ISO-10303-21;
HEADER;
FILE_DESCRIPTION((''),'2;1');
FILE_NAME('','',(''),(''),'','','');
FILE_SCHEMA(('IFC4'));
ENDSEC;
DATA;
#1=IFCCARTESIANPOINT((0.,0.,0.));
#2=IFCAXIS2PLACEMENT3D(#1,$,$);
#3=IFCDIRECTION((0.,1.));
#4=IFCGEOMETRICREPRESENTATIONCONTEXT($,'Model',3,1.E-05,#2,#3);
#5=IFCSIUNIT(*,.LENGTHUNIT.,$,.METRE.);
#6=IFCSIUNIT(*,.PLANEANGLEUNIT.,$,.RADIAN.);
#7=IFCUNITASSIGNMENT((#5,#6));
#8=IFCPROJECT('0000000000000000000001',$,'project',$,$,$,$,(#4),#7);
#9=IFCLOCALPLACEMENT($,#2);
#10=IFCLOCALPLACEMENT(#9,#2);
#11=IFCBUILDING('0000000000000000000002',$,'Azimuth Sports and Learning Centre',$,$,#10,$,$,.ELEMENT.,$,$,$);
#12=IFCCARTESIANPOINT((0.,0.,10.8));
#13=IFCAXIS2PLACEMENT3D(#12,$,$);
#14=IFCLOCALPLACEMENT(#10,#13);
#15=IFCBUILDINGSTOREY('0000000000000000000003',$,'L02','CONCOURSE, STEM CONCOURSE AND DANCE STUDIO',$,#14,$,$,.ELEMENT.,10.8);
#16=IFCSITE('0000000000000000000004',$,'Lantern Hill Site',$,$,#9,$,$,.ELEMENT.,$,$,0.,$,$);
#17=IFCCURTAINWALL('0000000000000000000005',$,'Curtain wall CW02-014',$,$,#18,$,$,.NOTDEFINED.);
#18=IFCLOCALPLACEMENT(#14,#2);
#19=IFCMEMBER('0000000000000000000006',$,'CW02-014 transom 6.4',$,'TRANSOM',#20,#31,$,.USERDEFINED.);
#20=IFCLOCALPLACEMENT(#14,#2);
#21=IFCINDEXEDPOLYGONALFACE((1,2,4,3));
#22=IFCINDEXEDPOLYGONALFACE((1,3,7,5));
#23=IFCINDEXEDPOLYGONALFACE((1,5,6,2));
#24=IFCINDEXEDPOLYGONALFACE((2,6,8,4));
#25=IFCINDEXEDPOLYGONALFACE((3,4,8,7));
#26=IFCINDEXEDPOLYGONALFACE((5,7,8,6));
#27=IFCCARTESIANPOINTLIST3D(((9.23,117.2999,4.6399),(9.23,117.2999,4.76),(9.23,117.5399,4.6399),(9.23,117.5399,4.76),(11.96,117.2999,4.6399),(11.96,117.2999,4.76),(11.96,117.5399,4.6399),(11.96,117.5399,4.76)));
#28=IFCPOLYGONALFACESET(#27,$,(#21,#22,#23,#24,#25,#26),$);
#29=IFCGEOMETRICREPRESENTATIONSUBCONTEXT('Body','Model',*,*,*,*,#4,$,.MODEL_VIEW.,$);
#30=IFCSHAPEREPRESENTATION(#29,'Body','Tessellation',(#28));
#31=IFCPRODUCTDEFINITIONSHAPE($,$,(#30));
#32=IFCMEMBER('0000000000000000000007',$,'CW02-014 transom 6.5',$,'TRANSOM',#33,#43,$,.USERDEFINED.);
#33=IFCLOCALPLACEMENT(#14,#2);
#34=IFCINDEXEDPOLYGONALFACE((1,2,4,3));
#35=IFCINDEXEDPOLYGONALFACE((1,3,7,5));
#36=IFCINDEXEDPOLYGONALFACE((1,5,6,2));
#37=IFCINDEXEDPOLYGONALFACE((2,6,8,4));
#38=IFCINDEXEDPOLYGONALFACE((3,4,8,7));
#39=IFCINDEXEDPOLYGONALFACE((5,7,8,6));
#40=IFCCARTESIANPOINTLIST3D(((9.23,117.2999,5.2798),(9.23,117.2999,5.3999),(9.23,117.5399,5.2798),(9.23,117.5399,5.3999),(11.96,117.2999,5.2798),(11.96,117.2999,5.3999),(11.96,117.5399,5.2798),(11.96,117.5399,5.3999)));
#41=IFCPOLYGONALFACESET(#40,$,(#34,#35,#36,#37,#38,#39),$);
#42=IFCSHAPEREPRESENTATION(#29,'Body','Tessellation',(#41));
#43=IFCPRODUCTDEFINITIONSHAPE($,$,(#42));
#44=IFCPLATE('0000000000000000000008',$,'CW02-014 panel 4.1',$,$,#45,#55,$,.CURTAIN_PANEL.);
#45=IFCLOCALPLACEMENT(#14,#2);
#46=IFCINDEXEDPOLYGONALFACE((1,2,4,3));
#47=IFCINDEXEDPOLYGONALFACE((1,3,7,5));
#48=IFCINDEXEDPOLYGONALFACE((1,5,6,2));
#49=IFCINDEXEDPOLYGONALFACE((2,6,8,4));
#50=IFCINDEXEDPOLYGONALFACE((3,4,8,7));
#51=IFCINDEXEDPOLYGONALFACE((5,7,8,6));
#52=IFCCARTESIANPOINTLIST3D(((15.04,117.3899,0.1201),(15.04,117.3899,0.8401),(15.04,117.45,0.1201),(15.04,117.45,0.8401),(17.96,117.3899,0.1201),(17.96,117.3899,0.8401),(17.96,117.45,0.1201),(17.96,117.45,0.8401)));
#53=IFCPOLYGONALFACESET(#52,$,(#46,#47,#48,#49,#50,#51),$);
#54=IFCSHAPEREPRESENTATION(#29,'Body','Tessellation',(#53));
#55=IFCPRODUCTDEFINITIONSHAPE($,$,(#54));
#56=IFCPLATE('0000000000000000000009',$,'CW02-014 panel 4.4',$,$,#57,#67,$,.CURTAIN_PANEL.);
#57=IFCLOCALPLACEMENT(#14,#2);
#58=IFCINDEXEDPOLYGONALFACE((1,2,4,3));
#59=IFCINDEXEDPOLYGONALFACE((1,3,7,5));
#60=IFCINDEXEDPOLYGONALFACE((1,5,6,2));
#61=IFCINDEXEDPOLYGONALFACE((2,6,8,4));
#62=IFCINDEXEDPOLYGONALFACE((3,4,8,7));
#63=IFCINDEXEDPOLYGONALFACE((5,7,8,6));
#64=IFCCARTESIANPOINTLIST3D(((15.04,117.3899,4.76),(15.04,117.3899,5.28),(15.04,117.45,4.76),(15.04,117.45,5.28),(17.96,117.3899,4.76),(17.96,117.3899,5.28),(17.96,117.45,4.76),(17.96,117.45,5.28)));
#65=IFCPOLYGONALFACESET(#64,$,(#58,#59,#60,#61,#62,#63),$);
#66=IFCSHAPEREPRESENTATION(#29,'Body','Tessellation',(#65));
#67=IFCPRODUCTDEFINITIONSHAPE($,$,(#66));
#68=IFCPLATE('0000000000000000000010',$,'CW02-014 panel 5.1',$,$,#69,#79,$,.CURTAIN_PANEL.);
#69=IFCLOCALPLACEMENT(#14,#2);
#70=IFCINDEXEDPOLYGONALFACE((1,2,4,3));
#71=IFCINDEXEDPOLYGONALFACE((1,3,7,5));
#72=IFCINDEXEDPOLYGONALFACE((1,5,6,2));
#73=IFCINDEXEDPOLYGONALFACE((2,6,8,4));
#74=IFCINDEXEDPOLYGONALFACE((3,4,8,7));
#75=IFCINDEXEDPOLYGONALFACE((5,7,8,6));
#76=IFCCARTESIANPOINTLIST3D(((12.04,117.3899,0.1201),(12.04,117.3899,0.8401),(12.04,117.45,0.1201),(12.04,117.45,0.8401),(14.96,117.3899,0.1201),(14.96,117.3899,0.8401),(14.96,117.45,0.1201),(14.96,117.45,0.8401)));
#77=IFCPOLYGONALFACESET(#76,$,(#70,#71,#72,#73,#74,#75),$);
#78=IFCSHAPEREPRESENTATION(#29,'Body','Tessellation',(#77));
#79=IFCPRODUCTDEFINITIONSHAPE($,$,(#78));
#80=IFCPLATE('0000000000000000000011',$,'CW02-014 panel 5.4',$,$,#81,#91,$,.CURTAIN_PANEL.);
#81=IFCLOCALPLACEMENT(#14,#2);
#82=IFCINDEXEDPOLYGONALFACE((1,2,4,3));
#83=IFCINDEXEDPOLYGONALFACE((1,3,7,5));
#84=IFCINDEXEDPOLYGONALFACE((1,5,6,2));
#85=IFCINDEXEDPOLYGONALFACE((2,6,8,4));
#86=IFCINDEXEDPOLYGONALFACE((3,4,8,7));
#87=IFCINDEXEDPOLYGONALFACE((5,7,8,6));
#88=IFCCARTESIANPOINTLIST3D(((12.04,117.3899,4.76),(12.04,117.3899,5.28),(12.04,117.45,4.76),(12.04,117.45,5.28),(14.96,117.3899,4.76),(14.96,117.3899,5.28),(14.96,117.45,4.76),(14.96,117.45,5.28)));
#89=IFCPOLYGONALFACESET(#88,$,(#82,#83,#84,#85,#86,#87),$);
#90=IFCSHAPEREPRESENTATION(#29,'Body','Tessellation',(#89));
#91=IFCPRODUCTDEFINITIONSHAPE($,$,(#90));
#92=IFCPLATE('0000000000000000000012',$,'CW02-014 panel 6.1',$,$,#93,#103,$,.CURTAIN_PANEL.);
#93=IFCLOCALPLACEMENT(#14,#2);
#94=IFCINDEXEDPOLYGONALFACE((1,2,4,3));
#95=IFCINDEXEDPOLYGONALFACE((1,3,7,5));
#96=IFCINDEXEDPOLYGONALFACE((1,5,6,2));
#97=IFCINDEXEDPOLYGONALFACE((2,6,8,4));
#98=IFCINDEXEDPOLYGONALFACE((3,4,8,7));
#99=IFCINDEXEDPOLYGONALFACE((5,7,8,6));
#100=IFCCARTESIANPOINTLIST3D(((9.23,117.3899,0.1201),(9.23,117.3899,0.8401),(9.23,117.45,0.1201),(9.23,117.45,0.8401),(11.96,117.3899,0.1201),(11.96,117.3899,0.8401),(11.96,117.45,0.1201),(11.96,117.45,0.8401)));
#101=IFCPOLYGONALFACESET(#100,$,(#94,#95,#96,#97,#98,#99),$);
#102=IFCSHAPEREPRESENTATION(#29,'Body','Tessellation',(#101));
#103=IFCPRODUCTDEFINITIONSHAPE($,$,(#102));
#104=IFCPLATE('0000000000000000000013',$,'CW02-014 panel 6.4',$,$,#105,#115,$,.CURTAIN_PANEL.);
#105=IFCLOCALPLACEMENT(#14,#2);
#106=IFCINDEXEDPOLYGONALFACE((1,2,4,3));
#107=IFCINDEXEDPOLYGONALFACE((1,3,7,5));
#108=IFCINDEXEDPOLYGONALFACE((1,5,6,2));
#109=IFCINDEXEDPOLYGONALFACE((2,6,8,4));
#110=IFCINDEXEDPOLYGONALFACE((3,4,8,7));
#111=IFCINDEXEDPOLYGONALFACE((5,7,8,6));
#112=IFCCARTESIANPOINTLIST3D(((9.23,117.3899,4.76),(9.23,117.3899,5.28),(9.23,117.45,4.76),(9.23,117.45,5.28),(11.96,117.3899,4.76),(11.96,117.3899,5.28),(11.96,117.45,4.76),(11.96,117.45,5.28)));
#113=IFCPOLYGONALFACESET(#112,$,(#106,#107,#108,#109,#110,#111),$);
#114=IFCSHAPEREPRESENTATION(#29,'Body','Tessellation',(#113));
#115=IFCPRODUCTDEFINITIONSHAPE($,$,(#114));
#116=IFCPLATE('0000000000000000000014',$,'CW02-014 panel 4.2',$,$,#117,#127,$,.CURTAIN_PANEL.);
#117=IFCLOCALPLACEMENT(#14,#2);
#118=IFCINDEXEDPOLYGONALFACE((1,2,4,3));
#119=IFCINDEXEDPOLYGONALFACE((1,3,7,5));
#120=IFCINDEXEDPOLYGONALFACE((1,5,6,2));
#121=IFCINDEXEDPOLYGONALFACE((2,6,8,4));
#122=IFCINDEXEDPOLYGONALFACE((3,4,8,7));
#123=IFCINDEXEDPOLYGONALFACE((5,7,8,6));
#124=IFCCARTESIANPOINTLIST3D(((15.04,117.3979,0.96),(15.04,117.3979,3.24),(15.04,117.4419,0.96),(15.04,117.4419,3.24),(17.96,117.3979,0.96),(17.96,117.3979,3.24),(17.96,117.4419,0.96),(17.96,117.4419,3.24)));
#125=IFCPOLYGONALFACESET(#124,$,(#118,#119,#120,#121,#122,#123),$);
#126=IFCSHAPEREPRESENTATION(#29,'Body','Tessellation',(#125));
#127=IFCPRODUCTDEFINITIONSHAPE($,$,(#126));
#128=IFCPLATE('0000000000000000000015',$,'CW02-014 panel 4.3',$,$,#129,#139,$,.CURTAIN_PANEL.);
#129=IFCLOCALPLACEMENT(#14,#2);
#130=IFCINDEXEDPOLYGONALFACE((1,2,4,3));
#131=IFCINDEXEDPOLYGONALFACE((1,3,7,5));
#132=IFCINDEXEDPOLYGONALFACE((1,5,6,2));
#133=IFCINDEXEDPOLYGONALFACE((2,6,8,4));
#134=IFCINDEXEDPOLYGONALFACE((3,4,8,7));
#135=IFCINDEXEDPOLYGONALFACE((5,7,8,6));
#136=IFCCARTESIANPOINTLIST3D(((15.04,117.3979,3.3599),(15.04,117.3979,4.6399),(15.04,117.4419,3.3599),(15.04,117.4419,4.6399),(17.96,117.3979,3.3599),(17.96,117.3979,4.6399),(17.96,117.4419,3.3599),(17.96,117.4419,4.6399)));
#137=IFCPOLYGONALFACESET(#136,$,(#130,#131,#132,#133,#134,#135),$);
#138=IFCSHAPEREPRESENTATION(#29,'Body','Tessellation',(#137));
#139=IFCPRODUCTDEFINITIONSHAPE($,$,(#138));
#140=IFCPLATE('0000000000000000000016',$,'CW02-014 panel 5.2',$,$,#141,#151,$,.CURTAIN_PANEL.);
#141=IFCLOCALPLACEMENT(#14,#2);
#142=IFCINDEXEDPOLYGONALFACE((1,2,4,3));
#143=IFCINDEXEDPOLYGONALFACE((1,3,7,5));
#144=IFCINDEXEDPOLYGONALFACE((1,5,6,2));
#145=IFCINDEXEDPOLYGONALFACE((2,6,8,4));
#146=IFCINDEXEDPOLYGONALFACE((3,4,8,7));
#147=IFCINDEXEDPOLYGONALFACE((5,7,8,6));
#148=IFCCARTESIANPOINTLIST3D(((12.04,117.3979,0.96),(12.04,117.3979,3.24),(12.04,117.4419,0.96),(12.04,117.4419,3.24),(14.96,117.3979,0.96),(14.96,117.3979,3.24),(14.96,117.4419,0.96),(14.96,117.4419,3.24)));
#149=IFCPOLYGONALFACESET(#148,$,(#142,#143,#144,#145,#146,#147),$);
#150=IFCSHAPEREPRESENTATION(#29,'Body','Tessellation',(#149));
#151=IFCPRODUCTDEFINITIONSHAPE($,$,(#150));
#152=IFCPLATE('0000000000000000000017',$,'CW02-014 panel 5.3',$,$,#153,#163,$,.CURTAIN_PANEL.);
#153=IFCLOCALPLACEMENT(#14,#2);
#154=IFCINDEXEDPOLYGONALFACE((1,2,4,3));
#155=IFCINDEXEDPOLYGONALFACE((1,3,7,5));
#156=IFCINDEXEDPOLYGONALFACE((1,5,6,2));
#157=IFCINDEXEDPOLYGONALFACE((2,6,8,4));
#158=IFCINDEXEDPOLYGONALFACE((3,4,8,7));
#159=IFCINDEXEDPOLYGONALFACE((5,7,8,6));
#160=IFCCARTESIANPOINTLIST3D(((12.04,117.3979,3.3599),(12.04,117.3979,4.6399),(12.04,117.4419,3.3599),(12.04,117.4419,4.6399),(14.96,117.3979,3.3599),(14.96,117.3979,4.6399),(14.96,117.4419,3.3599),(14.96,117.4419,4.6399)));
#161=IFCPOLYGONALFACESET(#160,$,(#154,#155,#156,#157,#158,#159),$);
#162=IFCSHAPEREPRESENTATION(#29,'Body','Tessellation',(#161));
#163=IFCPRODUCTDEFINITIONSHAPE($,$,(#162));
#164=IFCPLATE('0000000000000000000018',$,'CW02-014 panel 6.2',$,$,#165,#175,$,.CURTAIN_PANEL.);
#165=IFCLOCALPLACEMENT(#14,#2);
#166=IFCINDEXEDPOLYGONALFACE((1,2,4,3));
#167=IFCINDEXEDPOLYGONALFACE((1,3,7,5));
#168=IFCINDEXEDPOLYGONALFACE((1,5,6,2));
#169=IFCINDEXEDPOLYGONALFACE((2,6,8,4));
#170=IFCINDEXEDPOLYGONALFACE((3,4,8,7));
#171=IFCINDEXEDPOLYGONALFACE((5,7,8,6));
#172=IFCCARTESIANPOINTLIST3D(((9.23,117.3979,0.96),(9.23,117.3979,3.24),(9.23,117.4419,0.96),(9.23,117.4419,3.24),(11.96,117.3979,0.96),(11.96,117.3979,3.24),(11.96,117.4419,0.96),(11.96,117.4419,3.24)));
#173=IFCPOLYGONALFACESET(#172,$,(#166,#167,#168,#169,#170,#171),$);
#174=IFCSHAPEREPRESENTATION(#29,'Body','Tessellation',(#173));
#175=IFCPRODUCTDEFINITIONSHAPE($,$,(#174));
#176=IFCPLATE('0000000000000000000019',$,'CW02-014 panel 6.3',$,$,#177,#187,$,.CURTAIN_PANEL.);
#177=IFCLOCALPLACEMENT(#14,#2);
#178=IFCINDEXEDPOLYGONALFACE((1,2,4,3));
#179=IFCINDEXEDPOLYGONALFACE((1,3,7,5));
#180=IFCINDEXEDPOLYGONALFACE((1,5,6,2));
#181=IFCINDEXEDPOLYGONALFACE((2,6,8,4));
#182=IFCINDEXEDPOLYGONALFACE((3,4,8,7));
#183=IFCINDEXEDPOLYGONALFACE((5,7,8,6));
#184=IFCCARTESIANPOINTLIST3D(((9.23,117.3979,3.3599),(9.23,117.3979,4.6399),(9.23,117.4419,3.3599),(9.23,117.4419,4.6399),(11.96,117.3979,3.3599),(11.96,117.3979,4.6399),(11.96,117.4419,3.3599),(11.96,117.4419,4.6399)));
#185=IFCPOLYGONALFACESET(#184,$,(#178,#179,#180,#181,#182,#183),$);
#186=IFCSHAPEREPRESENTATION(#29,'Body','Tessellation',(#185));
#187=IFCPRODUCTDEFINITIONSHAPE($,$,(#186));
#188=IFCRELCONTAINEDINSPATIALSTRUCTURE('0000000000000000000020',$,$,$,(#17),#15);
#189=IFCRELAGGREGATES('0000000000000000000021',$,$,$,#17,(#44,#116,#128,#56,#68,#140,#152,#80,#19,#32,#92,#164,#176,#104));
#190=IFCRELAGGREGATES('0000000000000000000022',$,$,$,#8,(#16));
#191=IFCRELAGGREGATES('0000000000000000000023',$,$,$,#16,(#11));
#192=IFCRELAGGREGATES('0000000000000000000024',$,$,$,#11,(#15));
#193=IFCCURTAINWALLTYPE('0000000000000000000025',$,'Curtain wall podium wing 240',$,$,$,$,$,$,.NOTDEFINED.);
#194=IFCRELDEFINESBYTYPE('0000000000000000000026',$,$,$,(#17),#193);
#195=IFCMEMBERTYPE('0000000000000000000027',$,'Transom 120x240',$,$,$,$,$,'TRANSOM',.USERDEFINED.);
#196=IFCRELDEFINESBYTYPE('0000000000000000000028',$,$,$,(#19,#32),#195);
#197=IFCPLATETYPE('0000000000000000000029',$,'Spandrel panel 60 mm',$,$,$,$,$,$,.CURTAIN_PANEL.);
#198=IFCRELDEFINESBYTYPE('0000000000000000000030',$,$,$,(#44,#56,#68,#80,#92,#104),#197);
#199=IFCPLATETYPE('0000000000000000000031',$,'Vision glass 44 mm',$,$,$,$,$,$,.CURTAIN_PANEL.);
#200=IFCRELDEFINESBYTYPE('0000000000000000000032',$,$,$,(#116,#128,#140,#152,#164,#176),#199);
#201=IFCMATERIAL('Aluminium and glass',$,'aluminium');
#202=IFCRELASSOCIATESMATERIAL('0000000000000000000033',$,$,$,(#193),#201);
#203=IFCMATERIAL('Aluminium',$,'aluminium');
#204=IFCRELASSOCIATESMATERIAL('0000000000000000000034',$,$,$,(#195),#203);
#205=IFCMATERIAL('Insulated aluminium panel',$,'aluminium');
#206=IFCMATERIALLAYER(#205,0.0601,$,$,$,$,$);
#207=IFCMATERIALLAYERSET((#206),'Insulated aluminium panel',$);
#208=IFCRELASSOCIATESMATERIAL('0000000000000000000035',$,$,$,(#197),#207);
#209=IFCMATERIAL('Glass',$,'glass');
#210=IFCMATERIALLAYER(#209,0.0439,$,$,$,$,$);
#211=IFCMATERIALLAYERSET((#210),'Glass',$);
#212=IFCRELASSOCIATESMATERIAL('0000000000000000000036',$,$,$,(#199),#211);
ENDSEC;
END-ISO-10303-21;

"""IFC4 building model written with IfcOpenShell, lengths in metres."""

from ifc_helpers import new_model, si_unit, direction, frame, origin, origin_2d, place, context, subcontext, project, spatial, rectangle, extrude, material, layer, layer_set, material_profile, profile_set, type_object, element, aggregate, save


model = new_model("IFC4")

# Units and contexts
model_context = context("Model", 3, precision=1e-05, world=origin(), true_north=direction((0.0, 1.0)))
body_context = subcontext(model_context, "Body", "Model", "MODEL_VIEW")
ifc_project = project(units=[si_unit("LENGTHUNIT", "METRE"), si_unit("PLANEANGLEUNIT", "RADIAN")], contexts=[model_context])

# Site, building, storey
site_placement = place(None, origin())
site = spatial("IfcSite", under=ifc_project, at=site_placement, Name="Lantern Hill Site", CompositionType="ELEMENT", RefElevation=0.0)
building_placement = place(site_placement, origin())
building = spatial("IfcBuilding", under=site, at=building_placement, Name="Azimuth Sports and Learning Centre", CompositionType="ELEMENT")
storey_placement = place(building_placement, frame((0.0, 0.0, 10.8)))
storey = spatial("IfcBuildingStorey", under=building, at=storey_placement, Name="L02", Description="CONCOURSE, STEM CONCOURSE AND DANCE STUDIO", CompositionType="ELEMENT", Elevation=10.8)

# Curtain wall, members, plates
ifc_material_1 = material(Name="Aluminium and glass", Category="aluminium")
curtain_wall_type = type_object("IfcCurtainWallType", Name="Curtain wall podium wing 240", PredefinedType="NOTDEFINED", material=ifc_material_1)
curtain_wall_placement = place(storey_placement, origin())
curtain_wall = element("IfcCurtainWall", 1, at=curtain_wall_placement, inside=storey, type_object=curtain_wall_type, Name="Curtain wall CW02-014", PredefinedType="NOTDEFINED")
ifc_material_2 = material(Name="Aluminium", Category="aluminium")
ifc_material_profile_1 = material_profile(ifc_material_2, rectangle(XDim=0.24, YDim=0.1201, at=origin_2d()), Name="Transom 120x240")
ifc_profile_set_1 = profile_set([ifc_material_profile_1], Name="Aluminium")
member_type_1 = type_object("IfcMemberType", Name="Transom 120x240", ElementType="TRANSOM", PredefinedType="USERDEFINED", material=ifc_profile_set_1)
member_1_placement = place(storey_placement, frame((11.96, 117.4199, 4.7), z_axis=(-1.0, 0.0, 0.0), x_axis=(0.0, -1.0, 0.0)))
member_1 = element("IfcMember", 2, at=member_1_placement, type_object=member_type_1, Name="CW02-014 transom 6.4", ObjectType="TRANSOM", PredefinedType="USERDEFINED", context=body_context, shape_type="SweptSolid", body=[
    extrude(rectangle(XDim=0.24, YDim=0.1201, at=origin_2d()), origin(), (0.0, 0.0, 1.0), 2.73),
])
member_2_placement = place(storey_placement, frame((11.96, 117.4199, 5.3398), z_axis=(-1.0, 0.0, 0.0), x_axis=(0.0, -1.0, 0.0)))
member_2 = element("IfcMember", 3, at=member_2_placement, type_object=member_type_1, Name="CW02-014 transom 6.5", ObjectType="TRANSOM", PredefinedType="USERDEFINED", context=body_context, shape_type="SweptSolid", body=[
    extrude(rectangle(XDim=0.24, YDim=0.1201, at=origin_2d()), origin(), (0.0, 0.0, 1.0), 2.73),
])
ifc_material_3 = material(Name="Insulated aluminium panel", Category="aluminium")
ifc_layer_1 = layer(ifc_material_3, 0.0601)
ifc_layer_set_1 = layer_set([ifc_layer_1], Name="Insulated aluminium panel")
plate_type_1 = type_object("IfcPlateType", Name="Spandrel panel 60 mm", PredefinedType="CURTAIN_PANEL", material=ifc_layer_set_1)
plate_1_placement = place(storey_placement, frame((16.5, 117.4199, 0.1201), z_axis=(0.0, 0.0, 1.0), x_axis=(-1.0, 0.0, 0.0)))
plate_1 = element("IfcPlate", 4, at=plate_1_placement, type_object=plate_type_1, Name="CW02-014 panel 4.1", PredefinedType="CURTAIN_PANEL", context=body_context, shape_type="SweptSolid", body=[
    extrude(rectangle(XDim=2.9199, YDim=0.0601, at=origin_2d()), origin(), (0.0, 0.0, 1.0), 0.72),
])
plate_2_placement = place(storey_placement, frame((16.5, 117.4199, 4.76), z_axis=(0.0, 0.0, 1.0), x_axis=(-1.0, 0.0, 0.0)))
plate_2 = element("IfcPlate", 5, at=plate_2_placement, type_object=plate_type_1, Name="CW02-014 panel 4.4", PredefinedType="CURTAIN_PANEL", context=body_context, shape_type="SweptSolid", body=[
    extrude(rectangle(XDim=2.9199, YDim=0.0601, at=origin_2d()), origin(), (0.0, 0.0, 1.0), 0.52),
])
plate_3_placement = place(storey_placement, frame((13.5, 117.4199, 0.1201), z_axis=(0.0, 0.0, 1.0), x_axis=(-1.0, 0.0, 0.0)))
plate_3 = element("IfcPlate", 6, at=plate_3_placement, type_object=plate_type_1, Name="CW02-014 panel 5.1", PredefinedType="CURTAIN_PANEL", context=body_context, shape_type="SweptSolid", body=[
    extrude(rectangle(XDim=2.9199, YDim=0.0601, at=origin_2d()), origin(), (0.0, 0.0, 1.0), 0.72),
])
plate_4_placement = place(storey_placement, frame((13.5, 117.4199, 4.76), z_axis=(0.0, 0.0, 1.0), x_axis=(-1.0, 0.0, 0.0)))
plate_4 = element("IfcPlate", 7, at=plate_4_placement, type_object=plate_type_1, Name="CW02-014 panel 5.4", PredefinedType="CURTAIN_PANEL", context=body_context, shape_type="SweptSolid", body=[
    extrude(rectangle(XDim=2.9199, YDim=0.0601, at=origin_2d()), origin(), (0.0, 0.0, 1.0), 0.52),
])
plate_5_placement = place(storey_placement, frame((10.595, 117.4199, 0.1201), z_axis=(0.0, 0.0, 1.0), x_axis=(-1.0, 0.0, 0.0)))
plate_5 = element("IfcPlate", 8, at=plate_5_placement, type_object=plate_type_1, Name="CW02-014 panel 6.1", PredefinedType="CURTAIN_PANEL", context=body_context, shape_type="SweptSolid", body=[
    extrude(rectangle(XDim=2.73, YDim=0.0601, at=origin_2d()), origin(), (0.0, 0.0, 1.0), 0.72),
])
plate_6_placement = place(storey_placement, frame((10.595, 117.4199, 4.76), z_axis=(0.0, 0.0, 1.0), x_axis=(-1.0, 0.0, 0.0)))
plate_6 = element("IfcPlate", 9, at=plate_6_placement, type_object=plate_type_1, Name="CW02-014 panel 6.4", PredefinedType="CURTAIN_PANEL", context=body_context, shape_type="SweptSolid", body=[
    extrude(rectangle(XDim=2.73, YDim=0.0601, at=origin_2d()), origin(), (0.0, 0.0, 1.0), 0.52),
])
ifc_material_4 = material(Name="Glass", Category="glass")
ifc_layer_2 = layer(ifc_material_4, 0.0439)
ifc_layer_set_2 = layer_set([ifc_layer_2], Name="Glass")
plate_type_2 = type_object("IfcPlateType", Name="Vision glass 44 mm", PredefinedType="CURTAIN_PANEL", material=ifc_layer_set_2)
plate_7_placement = place(storey_placement, frame((16.5, 117.4199, 0.96), z_axis=(0.0, 0.0, 1.0), x_axis=(-1.0, 0.0, 0.0)))
plate_7 = element("IfcPlate", 10, at=plate_7_placement, type_object=plate_type_2, Name="CW02-014 panel 4.2", PredefinedType="CURTAIN_PANEL", context=body_context, shape_type="SweptSolid", body=[
    extrude(rectangle(XDim=2.9199, YDim=0.0439, at=origin_2d()), origin(), (0.0, 0.0, 1.0), 2.28),
])
plate_8_placement = place(storey_placement, frame((16.5, 117.4199, 3.3599), z_axis=(0.0, 0.0, 1.0), x_axis=(-1.0, 0.0, 0.0)))
plate_8 = element("IfcPlate", 11, at=plate_8_placement, type_object=plate_type_2, Name="CW02-014 panel 4.3", PredefinedType="CURTAIN_PANEL", context=body_context, shape_type="SweptSolid", body=[
    extrude(rectangle(XDim=2.9199, YDim=0.0439, at=origin_2d()), origin(), (0.0, 0.0, 1.0), 1.28),
])
plate_9_placement = place(storey_placement, frame((13.5, 117.4199, 0.96), z_axis=(0.0, 0.0, 1.0), x_axis=(-1.0, 0.0, 0.0)))
plate_9 = element("IfcPlate", 12, at=plate_9_placement, type_object=plate_type_2, Name="CW02-014 panel 5.2", PredefinedType="CURTAIN_PANEL", context=body_context, shape_type="SweptSolid", body=[
    extrude(rectangle(XDim=2.9199, YDim=0.0439, at=origin_2d()), origin(), (0.0, 0.0, 1.0), 2.28),
])
plate_10_placement = place(storey_placement, frame((13.5, 117.4199, 3.3599), z_axis=(0.0, 0.0, 1.0), x_axis=(-1.0, 0.0, 0.0)))
plate_10 = element("IfcPlate", 13, at=plate_10_placement, type_object=plate_type_2, Name="CW02-014 panel 5.3", PredefinedType="CURTAIN_PANEL", context=body_context, shape_type="SweptSolid", body=[
    extrude(rectangle(XDim=2.9199, YDim=0.0439, at=origin_2d()), origin(), (0.0, 0.0, 1.0), 1.28),
])
plate_11_placement = place(storey_placement, frame((10.595, 117.4199, 0.96), z_axis=(0.0, 0.0, 1.0), x_axis=(-1.0, 0.0, 0.0)))
plate_11 = element("IfcPlate", 14, at=plate_11_placement, type_object=plate_type_2, Name="CW02-014 panel 6.2", PredefinedType="CURTAIN_PANEL", context=body_context, shape_type="SweptSolid", body=[
    extrude(rectangle(XDim=2.73, YDim=0.0439, at=origin_2d()), origin(), (0.0, 0.0, 1.0), 2.28),
])
plate_12_placement = place(storey_placement, frame((10.595, 117.4199, 3.3599), z_axis=(0.0, 0.0, 1.0), x_axis=(-1.0, 0.0, 0.0)))
plate_12 = element("IfcPlate", 15, at=plate_12_placement, type_object=plate_type_2, Name="CW02-014 panel 6.3", PredefinedType="CURTAIN_PANEL", context=body_context, shape_type="SweptSolid", body=[
    extrude(rectangle(XDim=2.73, YDim=0.0439, at=origin_2d()), origin(), (0.0, 0.0, 1.0), 1.28),
])
aggregate(curtain_wall, [plate_1, plate_7, plate_8, plate_2, plate_3, plate_9, plate_10, plate_4, member_1, member_2, plate_5, plate_11, plate_12, plate_6])

save(model, "model.ifc")
